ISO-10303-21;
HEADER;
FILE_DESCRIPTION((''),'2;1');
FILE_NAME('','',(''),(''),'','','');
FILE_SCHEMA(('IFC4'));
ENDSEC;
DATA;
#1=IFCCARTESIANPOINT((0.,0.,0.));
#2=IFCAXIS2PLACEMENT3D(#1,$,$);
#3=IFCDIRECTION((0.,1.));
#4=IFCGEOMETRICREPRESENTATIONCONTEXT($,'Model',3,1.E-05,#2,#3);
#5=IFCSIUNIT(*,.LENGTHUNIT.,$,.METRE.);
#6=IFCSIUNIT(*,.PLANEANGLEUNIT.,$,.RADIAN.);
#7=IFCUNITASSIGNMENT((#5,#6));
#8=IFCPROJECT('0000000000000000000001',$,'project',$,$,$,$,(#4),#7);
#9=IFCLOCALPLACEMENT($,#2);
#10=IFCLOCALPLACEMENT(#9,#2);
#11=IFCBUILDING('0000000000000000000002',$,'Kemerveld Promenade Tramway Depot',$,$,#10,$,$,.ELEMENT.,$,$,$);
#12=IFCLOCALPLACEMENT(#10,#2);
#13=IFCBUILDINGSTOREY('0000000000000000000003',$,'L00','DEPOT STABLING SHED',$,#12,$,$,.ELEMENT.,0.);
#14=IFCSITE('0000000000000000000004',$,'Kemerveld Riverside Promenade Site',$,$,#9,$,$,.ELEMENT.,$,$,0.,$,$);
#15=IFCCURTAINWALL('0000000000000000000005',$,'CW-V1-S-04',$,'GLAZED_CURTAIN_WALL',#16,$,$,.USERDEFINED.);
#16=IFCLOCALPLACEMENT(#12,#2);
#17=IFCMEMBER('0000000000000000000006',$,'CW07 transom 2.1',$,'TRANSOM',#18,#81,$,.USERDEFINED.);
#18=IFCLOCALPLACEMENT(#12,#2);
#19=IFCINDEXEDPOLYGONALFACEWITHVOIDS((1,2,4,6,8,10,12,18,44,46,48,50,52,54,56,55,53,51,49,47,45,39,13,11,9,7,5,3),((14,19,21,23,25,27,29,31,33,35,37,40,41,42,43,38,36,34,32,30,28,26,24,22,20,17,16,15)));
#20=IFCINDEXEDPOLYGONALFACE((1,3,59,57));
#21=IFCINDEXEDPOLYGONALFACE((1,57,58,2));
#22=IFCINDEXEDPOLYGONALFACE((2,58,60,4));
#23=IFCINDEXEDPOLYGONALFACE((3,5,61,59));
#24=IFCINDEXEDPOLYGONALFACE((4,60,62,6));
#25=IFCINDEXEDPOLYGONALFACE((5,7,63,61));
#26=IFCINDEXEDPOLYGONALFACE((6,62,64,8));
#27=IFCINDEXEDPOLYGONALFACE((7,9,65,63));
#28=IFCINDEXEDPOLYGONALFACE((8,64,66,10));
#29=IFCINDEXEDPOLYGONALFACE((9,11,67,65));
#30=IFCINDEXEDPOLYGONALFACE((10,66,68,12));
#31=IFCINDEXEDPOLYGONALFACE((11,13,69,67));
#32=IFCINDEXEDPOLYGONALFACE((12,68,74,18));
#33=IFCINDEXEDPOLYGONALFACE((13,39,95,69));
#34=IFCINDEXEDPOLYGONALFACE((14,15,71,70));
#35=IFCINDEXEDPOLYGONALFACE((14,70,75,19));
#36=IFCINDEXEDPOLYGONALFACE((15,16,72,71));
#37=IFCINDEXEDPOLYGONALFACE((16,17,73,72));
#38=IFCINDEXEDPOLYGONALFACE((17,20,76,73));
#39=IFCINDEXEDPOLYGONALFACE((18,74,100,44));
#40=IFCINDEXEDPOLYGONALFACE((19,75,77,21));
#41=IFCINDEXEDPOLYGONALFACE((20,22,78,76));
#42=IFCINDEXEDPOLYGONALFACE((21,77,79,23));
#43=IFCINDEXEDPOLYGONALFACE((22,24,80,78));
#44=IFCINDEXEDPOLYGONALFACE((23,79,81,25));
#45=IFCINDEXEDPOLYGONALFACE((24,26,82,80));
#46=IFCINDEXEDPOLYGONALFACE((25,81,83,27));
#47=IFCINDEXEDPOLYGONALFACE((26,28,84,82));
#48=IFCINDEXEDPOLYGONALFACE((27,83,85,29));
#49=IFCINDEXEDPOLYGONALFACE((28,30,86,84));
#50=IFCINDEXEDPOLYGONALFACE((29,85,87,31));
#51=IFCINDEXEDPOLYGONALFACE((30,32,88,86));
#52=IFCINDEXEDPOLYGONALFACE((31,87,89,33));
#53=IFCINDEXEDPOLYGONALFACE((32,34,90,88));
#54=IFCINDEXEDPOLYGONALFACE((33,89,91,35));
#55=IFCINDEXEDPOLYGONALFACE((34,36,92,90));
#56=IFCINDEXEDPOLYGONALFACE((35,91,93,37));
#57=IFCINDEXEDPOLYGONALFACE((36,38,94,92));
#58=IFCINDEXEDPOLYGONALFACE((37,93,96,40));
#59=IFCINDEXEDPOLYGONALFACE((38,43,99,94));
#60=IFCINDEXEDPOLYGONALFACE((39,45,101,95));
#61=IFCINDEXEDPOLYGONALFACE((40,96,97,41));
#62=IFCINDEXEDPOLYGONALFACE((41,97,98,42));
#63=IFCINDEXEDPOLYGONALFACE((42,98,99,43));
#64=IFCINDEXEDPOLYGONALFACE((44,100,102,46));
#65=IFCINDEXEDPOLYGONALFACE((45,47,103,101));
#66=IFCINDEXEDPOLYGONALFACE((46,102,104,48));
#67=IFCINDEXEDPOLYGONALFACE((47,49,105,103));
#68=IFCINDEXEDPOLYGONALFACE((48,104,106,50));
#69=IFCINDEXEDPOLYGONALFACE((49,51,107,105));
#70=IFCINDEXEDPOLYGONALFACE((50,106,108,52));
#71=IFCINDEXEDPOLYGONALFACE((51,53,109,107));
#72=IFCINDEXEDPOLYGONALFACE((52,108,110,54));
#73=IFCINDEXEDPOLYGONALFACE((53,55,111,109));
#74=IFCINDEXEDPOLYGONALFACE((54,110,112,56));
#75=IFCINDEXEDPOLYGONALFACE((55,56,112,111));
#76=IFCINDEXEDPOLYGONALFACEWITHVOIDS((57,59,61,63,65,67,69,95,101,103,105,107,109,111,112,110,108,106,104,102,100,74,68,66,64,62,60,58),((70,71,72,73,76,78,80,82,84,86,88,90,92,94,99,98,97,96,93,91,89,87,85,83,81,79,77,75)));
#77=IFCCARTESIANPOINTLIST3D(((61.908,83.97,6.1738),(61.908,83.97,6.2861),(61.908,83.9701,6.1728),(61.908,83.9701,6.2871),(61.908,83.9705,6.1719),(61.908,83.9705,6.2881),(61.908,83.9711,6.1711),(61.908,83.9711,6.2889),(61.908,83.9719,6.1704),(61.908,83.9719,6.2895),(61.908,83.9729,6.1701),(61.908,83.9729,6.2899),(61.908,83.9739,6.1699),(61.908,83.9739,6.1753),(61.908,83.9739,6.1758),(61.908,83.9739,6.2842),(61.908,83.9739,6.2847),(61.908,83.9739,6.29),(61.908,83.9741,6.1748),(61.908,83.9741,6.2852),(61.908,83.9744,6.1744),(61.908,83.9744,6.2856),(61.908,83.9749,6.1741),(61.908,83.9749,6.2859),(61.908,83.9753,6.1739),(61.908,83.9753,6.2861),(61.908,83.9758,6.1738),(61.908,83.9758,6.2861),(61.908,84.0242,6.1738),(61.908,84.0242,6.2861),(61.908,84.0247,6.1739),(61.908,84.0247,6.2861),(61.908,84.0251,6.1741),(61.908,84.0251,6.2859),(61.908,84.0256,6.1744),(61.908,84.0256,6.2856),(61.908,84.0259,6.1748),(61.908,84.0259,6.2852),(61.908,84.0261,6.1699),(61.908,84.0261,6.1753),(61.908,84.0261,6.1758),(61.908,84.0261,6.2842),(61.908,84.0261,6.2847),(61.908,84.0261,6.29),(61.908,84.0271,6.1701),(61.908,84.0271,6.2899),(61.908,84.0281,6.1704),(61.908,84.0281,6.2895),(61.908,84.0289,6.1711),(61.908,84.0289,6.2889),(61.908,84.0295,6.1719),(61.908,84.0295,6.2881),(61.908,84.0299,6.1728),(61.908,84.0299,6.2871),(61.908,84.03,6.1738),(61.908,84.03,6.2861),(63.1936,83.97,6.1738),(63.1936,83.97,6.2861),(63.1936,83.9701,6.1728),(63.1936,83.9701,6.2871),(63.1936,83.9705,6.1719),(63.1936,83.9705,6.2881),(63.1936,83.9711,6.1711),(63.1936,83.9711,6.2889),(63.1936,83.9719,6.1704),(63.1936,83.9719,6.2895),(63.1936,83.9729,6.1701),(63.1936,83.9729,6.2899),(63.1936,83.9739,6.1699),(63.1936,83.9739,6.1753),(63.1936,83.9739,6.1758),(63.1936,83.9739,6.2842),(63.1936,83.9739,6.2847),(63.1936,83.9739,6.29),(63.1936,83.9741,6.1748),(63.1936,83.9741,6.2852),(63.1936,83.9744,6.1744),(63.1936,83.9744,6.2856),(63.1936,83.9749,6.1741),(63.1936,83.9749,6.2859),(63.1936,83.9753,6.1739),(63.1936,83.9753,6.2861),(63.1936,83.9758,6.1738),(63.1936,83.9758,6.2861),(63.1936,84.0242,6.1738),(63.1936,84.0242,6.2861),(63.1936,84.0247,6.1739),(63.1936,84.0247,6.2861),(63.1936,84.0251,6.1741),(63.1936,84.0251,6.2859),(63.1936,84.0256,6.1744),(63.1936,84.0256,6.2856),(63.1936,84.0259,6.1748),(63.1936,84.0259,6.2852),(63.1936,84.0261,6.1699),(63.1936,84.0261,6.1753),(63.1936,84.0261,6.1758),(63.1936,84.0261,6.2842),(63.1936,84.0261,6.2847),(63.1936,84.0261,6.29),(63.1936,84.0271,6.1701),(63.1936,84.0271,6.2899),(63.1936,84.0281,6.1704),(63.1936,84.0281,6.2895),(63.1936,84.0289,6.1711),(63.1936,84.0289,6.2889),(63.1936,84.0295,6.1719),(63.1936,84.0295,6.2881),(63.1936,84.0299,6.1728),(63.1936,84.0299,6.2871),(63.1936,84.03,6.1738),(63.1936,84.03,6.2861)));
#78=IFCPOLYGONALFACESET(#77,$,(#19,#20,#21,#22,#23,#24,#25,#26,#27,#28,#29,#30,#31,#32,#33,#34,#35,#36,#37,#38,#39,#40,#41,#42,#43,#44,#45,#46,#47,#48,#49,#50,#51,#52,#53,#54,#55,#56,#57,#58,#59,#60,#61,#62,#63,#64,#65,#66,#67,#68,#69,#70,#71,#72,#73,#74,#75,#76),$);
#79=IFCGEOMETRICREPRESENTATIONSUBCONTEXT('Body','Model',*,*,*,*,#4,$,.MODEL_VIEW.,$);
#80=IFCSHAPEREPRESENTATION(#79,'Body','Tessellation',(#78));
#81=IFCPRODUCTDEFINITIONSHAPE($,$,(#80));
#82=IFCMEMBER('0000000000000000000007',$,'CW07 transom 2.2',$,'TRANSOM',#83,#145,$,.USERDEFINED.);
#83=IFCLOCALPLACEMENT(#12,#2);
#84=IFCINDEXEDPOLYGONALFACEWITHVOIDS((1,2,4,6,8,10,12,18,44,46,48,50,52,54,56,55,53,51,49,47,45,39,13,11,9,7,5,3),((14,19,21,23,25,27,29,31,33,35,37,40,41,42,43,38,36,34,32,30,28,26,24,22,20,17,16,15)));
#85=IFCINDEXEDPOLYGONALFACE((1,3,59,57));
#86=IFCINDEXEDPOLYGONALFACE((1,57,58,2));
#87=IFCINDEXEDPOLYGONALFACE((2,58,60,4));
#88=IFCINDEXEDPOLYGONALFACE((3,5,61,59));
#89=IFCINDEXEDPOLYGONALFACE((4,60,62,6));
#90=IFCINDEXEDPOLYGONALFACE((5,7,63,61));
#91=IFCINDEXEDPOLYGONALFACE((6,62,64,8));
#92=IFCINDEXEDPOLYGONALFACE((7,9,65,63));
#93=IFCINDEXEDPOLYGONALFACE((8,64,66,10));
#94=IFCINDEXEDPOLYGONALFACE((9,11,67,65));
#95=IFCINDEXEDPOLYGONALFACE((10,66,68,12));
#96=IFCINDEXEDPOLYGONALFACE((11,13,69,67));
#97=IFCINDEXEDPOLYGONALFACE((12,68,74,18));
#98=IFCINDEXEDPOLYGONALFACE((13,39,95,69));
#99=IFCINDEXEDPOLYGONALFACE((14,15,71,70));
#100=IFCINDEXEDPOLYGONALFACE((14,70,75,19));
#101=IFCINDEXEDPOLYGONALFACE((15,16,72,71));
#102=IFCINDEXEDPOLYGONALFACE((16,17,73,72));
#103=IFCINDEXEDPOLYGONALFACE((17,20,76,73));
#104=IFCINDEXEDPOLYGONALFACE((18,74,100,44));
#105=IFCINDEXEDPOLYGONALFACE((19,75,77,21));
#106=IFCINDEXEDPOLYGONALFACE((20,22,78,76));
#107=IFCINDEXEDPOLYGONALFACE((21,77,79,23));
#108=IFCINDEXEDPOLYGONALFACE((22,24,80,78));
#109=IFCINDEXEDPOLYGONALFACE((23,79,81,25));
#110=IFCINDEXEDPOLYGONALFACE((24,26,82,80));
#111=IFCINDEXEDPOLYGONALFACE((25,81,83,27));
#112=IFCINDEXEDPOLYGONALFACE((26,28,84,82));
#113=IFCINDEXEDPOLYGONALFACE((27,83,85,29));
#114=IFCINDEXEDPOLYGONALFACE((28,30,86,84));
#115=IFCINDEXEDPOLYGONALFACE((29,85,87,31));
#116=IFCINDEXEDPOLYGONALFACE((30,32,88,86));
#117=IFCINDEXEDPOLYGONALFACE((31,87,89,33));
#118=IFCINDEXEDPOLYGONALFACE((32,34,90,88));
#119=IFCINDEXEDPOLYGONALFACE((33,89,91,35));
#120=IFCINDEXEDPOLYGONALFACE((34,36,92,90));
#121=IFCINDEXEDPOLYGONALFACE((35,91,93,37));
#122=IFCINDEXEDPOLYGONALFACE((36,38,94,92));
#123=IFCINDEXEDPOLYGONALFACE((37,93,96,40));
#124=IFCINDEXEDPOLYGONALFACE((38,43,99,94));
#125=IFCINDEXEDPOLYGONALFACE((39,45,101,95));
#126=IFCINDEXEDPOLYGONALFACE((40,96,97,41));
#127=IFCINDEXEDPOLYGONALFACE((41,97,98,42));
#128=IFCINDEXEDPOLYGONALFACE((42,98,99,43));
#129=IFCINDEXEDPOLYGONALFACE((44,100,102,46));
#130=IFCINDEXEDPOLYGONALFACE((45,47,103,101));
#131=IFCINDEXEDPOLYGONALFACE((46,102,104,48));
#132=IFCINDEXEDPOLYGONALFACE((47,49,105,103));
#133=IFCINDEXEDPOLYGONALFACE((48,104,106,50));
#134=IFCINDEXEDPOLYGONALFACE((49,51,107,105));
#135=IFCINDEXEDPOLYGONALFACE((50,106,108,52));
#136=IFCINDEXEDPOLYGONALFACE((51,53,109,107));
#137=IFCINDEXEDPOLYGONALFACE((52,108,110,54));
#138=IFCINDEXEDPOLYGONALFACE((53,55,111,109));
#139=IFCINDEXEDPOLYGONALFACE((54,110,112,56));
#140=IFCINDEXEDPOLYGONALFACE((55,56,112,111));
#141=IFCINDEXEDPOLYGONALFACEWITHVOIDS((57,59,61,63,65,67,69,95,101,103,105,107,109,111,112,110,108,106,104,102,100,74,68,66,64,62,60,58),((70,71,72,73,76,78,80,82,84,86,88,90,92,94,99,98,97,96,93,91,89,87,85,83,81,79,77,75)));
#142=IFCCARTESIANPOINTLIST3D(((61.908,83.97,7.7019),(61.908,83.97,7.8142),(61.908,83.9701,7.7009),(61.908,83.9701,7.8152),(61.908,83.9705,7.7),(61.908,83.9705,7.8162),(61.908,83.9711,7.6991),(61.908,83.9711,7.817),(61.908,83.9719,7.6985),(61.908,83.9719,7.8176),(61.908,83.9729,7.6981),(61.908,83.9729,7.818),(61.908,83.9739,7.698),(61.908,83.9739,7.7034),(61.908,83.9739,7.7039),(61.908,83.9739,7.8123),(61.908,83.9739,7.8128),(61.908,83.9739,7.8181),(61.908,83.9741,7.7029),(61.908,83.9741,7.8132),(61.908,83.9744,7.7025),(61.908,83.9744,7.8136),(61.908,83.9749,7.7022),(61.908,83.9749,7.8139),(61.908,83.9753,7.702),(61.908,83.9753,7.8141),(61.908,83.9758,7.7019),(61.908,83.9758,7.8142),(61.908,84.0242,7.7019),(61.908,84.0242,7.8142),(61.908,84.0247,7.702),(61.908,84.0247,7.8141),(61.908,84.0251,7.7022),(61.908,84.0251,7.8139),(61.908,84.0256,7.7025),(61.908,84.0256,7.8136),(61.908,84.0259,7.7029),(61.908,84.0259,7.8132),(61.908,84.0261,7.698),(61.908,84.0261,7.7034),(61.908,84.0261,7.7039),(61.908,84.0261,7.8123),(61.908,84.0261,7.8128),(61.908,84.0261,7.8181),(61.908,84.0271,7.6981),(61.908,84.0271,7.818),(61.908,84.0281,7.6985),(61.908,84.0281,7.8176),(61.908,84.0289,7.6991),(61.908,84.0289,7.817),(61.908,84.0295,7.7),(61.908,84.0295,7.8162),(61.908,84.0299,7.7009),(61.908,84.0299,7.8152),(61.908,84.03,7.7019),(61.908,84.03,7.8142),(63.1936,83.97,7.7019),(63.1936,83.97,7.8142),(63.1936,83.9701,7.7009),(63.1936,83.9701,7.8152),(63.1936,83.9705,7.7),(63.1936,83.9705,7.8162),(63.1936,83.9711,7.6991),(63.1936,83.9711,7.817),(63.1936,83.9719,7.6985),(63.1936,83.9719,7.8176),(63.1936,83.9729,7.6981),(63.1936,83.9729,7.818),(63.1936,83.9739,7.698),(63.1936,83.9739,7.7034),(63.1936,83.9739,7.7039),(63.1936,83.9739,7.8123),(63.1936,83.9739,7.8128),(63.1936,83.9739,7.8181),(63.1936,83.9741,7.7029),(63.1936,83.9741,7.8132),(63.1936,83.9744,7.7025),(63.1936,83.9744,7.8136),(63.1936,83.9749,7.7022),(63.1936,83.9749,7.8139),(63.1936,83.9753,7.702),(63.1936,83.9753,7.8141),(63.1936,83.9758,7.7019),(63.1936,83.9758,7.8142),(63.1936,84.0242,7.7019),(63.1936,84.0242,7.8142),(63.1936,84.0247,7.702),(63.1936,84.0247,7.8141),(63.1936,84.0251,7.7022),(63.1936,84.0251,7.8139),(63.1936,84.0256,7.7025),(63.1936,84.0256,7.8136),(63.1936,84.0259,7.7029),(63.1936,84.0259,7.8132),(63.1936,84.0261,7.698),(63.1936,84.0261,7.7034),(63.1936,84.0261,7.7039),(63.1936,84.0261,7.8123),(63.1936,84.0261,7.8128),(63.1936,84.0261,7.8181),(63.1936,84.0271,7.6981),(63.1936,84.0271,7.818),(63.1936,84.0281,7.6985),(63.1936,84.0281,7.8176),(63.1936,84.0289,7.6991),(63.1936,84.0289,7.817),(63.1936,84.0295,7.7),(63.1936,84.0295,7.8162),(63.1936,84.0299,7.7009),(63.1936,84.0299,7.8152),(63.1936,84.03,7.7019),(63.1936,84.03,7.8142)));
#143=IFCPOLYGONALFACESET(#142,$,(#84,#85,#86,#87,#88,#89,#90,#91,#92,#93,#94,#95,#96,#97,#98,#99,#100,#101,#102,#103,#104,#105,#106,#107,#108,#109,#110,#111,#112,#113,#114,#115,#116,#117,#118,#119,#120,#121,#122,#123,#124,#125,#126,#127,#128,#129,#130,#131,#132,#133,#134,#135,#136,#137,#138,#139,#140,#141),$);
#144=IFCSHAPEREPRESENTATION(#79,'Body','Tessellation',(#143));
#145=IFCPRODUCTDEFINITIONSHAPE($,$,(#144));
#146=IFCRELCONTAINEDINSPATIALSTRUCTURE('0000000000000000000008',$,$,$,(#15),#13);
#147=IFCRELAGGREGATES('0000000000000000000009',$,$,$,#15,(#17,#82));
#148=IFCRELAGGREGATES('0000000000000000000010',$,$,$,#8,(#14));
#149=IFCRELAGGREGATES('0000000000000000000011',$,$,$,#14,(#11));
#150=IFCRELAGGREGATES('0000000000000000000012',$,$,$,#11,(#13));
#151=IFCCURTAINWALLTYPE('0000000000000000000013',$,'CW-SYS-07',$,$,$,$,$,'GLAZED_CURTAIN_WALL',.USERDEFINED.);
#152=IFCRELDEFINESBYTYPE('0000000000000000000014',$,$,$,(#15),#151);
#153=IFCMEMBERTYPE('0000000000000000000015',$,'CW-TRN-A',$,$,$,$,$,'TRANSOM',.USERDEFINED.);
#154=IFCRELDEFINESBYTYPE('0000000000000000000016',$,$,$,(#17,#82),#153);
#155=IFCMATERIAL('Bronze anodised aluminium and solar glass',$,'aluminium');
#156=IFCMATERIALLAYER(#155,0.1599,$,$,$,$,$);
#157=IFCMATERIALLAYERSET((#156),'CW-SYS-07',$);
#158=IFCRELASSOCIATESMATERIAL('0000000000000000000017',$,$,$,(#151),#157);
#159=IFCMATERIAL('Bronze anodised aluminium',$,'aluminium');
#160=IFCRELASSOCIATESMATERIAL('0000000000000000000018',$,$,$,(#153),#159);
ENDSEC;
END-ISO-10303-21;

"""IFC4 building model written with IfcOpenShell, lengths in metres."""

from ifc_helpers import new_model, si_unit, direction, frame, origin, origin_2d, place, context, subcontext, project, spatial, hollow_rectangle, extrude, material, layer, layer_set, material_profile, profile_set, type_object, element, aggregate, save


model = new_model("IFC4")

# Units and contexts
model_context = context("Model", 3, precision=1e-05, world=origin(), true_north=direction((0.0, 1.0)))
body_context = subcontext(model_context, "Body", "Model", "MODEL_VIEW")
ifc_project = project(units=[si_unit("LENGTHUNIT", "METRE"), si_unit("PLANEANGLEUNIT", "RADIAN")], contexts=[model_context])

# Site, building, storey
site_placement = place(None, origin())
site = spatial("IfcSite", under=ifc_project, at=site_placement, Name="Kemerveld Riverside Promenade Site", CompositionType="ELEMENT", RefElevation=0.0)
building_placement = place(site_placement, origin())
building = spatial("IfcBuilding", under=site, at=building_placement, Name="Kemerveld Promenade Tramway Depot", CompositionType="ELEMENT")
storey_placement = place(building_placement, origin())
storey = spatial("IfcBuildingStorey", under=building, at=storey_placement, Name="L00", Description="DEPOT STABLING SHED", CompositionType="ELEMENT", Elevation=0.0)

# Curtain wall
ifc_material_1 = material(Name="Bronze anodised aluminium and solar glass", Category="aluminium")
ifc_layer_1 = layer(ifc_material_1, 0.1599)
ifc_layer_set_1 = layer_set([ifc_layer_1], Name="CW-SYS-07")
curtain_wall_type_1 = type_object("IfcCurtainWallType", Name="CW-SYS-07", ElementType="GLAZED_CURTAIN_WALL", PredefinedType="USERDEFINED", material=ifc_layer_set_1)
curtain_wall_1_placement = place(storey_placement, origin())
curtain_wall_1 = element("IfcCurtainWall", 1, at=curtain_wall_1_placement, inside=storey, type_object=curtain_wall_type_1, Name="CW-V1-S-04", ObjectType="GLAZED_CURTAIN_WALL", PredefinedType="USERDEFINED")
ifc_material_2 = material(Name="Bronze anodised aluminium", Category="aluminium")

# Members
ifc_material_profile_1 = material_profile(ifc_material_2, hollow_rectangle(XDim=0.0601, YDim=0.1201, WallThickness=0.0039, InnerFilletRadius=0.002, OuterFilletRadius=0.0039, at=origin_2d()), Name="CW-TRN-120x60")
ifc_profile_set_1 = profile_set([ifc_material_profile_1], Name="Bronze anodised aluminium")
member_type_1 = type_object("IfcMemberType", Name="CW-TRN-A", ElementType="TRANSOM", PredefinedType="USERDEFINED", material=ifc_profile_set_1)
member_1_placement = place(storey_placement, frame((63.1936, 84.0, 6.23), z_axis=(-1.0, 0.0, 0.0), x_axis=(0.0, -1.0, 0.0)))
member_1 = element("IfcMember", 2, at=member_1_placement, type_object=member_type_1, Name="CW07 transom 2.1", ObjectType="TRANSOM", PredefinedType="USERDEFINED", context=body_context, shape_type="SweptSolid", body=[
    extrude(hollow_rectangle(XDim=0.0601, YDim=0.1201, WallThickness=0.0039, InnerFilletRadius=0.002, OuterFilletRadius=0.0039, at=origin_2d()), origin(), (0.0, 0.0, 1.0), 1.2856),
])
member_2_placement = place(storey_placement, frame((63.1936, 84.0, 7.7581), z_axis=(-1.0, 0.0, 0.0), x_axis=(0.0, -1.0, 0.0)))
member_2 = element("IfcMember", 3, at=member_2_placement, type_object=member_type_1, Name="CW07 transom 2.2", ObjectType="TRANSOM", PredefinedType="USERDEFINED", context=body_context, shape_type="SweptSolid", body=[
    extrude(hollow_rectangle(XDim=0.0601, YDim=0.1201, WallThickness=0.0039, InnerFilletRadius=0.002, OuterFilletRadius=0.0039, at=origin_2d()), origin(), (0.0, 0.0, 1.0), 1.2856),
])

aggregate(curtain_wall_1, [member_1, member_2])

save(model, "model.ifc")
